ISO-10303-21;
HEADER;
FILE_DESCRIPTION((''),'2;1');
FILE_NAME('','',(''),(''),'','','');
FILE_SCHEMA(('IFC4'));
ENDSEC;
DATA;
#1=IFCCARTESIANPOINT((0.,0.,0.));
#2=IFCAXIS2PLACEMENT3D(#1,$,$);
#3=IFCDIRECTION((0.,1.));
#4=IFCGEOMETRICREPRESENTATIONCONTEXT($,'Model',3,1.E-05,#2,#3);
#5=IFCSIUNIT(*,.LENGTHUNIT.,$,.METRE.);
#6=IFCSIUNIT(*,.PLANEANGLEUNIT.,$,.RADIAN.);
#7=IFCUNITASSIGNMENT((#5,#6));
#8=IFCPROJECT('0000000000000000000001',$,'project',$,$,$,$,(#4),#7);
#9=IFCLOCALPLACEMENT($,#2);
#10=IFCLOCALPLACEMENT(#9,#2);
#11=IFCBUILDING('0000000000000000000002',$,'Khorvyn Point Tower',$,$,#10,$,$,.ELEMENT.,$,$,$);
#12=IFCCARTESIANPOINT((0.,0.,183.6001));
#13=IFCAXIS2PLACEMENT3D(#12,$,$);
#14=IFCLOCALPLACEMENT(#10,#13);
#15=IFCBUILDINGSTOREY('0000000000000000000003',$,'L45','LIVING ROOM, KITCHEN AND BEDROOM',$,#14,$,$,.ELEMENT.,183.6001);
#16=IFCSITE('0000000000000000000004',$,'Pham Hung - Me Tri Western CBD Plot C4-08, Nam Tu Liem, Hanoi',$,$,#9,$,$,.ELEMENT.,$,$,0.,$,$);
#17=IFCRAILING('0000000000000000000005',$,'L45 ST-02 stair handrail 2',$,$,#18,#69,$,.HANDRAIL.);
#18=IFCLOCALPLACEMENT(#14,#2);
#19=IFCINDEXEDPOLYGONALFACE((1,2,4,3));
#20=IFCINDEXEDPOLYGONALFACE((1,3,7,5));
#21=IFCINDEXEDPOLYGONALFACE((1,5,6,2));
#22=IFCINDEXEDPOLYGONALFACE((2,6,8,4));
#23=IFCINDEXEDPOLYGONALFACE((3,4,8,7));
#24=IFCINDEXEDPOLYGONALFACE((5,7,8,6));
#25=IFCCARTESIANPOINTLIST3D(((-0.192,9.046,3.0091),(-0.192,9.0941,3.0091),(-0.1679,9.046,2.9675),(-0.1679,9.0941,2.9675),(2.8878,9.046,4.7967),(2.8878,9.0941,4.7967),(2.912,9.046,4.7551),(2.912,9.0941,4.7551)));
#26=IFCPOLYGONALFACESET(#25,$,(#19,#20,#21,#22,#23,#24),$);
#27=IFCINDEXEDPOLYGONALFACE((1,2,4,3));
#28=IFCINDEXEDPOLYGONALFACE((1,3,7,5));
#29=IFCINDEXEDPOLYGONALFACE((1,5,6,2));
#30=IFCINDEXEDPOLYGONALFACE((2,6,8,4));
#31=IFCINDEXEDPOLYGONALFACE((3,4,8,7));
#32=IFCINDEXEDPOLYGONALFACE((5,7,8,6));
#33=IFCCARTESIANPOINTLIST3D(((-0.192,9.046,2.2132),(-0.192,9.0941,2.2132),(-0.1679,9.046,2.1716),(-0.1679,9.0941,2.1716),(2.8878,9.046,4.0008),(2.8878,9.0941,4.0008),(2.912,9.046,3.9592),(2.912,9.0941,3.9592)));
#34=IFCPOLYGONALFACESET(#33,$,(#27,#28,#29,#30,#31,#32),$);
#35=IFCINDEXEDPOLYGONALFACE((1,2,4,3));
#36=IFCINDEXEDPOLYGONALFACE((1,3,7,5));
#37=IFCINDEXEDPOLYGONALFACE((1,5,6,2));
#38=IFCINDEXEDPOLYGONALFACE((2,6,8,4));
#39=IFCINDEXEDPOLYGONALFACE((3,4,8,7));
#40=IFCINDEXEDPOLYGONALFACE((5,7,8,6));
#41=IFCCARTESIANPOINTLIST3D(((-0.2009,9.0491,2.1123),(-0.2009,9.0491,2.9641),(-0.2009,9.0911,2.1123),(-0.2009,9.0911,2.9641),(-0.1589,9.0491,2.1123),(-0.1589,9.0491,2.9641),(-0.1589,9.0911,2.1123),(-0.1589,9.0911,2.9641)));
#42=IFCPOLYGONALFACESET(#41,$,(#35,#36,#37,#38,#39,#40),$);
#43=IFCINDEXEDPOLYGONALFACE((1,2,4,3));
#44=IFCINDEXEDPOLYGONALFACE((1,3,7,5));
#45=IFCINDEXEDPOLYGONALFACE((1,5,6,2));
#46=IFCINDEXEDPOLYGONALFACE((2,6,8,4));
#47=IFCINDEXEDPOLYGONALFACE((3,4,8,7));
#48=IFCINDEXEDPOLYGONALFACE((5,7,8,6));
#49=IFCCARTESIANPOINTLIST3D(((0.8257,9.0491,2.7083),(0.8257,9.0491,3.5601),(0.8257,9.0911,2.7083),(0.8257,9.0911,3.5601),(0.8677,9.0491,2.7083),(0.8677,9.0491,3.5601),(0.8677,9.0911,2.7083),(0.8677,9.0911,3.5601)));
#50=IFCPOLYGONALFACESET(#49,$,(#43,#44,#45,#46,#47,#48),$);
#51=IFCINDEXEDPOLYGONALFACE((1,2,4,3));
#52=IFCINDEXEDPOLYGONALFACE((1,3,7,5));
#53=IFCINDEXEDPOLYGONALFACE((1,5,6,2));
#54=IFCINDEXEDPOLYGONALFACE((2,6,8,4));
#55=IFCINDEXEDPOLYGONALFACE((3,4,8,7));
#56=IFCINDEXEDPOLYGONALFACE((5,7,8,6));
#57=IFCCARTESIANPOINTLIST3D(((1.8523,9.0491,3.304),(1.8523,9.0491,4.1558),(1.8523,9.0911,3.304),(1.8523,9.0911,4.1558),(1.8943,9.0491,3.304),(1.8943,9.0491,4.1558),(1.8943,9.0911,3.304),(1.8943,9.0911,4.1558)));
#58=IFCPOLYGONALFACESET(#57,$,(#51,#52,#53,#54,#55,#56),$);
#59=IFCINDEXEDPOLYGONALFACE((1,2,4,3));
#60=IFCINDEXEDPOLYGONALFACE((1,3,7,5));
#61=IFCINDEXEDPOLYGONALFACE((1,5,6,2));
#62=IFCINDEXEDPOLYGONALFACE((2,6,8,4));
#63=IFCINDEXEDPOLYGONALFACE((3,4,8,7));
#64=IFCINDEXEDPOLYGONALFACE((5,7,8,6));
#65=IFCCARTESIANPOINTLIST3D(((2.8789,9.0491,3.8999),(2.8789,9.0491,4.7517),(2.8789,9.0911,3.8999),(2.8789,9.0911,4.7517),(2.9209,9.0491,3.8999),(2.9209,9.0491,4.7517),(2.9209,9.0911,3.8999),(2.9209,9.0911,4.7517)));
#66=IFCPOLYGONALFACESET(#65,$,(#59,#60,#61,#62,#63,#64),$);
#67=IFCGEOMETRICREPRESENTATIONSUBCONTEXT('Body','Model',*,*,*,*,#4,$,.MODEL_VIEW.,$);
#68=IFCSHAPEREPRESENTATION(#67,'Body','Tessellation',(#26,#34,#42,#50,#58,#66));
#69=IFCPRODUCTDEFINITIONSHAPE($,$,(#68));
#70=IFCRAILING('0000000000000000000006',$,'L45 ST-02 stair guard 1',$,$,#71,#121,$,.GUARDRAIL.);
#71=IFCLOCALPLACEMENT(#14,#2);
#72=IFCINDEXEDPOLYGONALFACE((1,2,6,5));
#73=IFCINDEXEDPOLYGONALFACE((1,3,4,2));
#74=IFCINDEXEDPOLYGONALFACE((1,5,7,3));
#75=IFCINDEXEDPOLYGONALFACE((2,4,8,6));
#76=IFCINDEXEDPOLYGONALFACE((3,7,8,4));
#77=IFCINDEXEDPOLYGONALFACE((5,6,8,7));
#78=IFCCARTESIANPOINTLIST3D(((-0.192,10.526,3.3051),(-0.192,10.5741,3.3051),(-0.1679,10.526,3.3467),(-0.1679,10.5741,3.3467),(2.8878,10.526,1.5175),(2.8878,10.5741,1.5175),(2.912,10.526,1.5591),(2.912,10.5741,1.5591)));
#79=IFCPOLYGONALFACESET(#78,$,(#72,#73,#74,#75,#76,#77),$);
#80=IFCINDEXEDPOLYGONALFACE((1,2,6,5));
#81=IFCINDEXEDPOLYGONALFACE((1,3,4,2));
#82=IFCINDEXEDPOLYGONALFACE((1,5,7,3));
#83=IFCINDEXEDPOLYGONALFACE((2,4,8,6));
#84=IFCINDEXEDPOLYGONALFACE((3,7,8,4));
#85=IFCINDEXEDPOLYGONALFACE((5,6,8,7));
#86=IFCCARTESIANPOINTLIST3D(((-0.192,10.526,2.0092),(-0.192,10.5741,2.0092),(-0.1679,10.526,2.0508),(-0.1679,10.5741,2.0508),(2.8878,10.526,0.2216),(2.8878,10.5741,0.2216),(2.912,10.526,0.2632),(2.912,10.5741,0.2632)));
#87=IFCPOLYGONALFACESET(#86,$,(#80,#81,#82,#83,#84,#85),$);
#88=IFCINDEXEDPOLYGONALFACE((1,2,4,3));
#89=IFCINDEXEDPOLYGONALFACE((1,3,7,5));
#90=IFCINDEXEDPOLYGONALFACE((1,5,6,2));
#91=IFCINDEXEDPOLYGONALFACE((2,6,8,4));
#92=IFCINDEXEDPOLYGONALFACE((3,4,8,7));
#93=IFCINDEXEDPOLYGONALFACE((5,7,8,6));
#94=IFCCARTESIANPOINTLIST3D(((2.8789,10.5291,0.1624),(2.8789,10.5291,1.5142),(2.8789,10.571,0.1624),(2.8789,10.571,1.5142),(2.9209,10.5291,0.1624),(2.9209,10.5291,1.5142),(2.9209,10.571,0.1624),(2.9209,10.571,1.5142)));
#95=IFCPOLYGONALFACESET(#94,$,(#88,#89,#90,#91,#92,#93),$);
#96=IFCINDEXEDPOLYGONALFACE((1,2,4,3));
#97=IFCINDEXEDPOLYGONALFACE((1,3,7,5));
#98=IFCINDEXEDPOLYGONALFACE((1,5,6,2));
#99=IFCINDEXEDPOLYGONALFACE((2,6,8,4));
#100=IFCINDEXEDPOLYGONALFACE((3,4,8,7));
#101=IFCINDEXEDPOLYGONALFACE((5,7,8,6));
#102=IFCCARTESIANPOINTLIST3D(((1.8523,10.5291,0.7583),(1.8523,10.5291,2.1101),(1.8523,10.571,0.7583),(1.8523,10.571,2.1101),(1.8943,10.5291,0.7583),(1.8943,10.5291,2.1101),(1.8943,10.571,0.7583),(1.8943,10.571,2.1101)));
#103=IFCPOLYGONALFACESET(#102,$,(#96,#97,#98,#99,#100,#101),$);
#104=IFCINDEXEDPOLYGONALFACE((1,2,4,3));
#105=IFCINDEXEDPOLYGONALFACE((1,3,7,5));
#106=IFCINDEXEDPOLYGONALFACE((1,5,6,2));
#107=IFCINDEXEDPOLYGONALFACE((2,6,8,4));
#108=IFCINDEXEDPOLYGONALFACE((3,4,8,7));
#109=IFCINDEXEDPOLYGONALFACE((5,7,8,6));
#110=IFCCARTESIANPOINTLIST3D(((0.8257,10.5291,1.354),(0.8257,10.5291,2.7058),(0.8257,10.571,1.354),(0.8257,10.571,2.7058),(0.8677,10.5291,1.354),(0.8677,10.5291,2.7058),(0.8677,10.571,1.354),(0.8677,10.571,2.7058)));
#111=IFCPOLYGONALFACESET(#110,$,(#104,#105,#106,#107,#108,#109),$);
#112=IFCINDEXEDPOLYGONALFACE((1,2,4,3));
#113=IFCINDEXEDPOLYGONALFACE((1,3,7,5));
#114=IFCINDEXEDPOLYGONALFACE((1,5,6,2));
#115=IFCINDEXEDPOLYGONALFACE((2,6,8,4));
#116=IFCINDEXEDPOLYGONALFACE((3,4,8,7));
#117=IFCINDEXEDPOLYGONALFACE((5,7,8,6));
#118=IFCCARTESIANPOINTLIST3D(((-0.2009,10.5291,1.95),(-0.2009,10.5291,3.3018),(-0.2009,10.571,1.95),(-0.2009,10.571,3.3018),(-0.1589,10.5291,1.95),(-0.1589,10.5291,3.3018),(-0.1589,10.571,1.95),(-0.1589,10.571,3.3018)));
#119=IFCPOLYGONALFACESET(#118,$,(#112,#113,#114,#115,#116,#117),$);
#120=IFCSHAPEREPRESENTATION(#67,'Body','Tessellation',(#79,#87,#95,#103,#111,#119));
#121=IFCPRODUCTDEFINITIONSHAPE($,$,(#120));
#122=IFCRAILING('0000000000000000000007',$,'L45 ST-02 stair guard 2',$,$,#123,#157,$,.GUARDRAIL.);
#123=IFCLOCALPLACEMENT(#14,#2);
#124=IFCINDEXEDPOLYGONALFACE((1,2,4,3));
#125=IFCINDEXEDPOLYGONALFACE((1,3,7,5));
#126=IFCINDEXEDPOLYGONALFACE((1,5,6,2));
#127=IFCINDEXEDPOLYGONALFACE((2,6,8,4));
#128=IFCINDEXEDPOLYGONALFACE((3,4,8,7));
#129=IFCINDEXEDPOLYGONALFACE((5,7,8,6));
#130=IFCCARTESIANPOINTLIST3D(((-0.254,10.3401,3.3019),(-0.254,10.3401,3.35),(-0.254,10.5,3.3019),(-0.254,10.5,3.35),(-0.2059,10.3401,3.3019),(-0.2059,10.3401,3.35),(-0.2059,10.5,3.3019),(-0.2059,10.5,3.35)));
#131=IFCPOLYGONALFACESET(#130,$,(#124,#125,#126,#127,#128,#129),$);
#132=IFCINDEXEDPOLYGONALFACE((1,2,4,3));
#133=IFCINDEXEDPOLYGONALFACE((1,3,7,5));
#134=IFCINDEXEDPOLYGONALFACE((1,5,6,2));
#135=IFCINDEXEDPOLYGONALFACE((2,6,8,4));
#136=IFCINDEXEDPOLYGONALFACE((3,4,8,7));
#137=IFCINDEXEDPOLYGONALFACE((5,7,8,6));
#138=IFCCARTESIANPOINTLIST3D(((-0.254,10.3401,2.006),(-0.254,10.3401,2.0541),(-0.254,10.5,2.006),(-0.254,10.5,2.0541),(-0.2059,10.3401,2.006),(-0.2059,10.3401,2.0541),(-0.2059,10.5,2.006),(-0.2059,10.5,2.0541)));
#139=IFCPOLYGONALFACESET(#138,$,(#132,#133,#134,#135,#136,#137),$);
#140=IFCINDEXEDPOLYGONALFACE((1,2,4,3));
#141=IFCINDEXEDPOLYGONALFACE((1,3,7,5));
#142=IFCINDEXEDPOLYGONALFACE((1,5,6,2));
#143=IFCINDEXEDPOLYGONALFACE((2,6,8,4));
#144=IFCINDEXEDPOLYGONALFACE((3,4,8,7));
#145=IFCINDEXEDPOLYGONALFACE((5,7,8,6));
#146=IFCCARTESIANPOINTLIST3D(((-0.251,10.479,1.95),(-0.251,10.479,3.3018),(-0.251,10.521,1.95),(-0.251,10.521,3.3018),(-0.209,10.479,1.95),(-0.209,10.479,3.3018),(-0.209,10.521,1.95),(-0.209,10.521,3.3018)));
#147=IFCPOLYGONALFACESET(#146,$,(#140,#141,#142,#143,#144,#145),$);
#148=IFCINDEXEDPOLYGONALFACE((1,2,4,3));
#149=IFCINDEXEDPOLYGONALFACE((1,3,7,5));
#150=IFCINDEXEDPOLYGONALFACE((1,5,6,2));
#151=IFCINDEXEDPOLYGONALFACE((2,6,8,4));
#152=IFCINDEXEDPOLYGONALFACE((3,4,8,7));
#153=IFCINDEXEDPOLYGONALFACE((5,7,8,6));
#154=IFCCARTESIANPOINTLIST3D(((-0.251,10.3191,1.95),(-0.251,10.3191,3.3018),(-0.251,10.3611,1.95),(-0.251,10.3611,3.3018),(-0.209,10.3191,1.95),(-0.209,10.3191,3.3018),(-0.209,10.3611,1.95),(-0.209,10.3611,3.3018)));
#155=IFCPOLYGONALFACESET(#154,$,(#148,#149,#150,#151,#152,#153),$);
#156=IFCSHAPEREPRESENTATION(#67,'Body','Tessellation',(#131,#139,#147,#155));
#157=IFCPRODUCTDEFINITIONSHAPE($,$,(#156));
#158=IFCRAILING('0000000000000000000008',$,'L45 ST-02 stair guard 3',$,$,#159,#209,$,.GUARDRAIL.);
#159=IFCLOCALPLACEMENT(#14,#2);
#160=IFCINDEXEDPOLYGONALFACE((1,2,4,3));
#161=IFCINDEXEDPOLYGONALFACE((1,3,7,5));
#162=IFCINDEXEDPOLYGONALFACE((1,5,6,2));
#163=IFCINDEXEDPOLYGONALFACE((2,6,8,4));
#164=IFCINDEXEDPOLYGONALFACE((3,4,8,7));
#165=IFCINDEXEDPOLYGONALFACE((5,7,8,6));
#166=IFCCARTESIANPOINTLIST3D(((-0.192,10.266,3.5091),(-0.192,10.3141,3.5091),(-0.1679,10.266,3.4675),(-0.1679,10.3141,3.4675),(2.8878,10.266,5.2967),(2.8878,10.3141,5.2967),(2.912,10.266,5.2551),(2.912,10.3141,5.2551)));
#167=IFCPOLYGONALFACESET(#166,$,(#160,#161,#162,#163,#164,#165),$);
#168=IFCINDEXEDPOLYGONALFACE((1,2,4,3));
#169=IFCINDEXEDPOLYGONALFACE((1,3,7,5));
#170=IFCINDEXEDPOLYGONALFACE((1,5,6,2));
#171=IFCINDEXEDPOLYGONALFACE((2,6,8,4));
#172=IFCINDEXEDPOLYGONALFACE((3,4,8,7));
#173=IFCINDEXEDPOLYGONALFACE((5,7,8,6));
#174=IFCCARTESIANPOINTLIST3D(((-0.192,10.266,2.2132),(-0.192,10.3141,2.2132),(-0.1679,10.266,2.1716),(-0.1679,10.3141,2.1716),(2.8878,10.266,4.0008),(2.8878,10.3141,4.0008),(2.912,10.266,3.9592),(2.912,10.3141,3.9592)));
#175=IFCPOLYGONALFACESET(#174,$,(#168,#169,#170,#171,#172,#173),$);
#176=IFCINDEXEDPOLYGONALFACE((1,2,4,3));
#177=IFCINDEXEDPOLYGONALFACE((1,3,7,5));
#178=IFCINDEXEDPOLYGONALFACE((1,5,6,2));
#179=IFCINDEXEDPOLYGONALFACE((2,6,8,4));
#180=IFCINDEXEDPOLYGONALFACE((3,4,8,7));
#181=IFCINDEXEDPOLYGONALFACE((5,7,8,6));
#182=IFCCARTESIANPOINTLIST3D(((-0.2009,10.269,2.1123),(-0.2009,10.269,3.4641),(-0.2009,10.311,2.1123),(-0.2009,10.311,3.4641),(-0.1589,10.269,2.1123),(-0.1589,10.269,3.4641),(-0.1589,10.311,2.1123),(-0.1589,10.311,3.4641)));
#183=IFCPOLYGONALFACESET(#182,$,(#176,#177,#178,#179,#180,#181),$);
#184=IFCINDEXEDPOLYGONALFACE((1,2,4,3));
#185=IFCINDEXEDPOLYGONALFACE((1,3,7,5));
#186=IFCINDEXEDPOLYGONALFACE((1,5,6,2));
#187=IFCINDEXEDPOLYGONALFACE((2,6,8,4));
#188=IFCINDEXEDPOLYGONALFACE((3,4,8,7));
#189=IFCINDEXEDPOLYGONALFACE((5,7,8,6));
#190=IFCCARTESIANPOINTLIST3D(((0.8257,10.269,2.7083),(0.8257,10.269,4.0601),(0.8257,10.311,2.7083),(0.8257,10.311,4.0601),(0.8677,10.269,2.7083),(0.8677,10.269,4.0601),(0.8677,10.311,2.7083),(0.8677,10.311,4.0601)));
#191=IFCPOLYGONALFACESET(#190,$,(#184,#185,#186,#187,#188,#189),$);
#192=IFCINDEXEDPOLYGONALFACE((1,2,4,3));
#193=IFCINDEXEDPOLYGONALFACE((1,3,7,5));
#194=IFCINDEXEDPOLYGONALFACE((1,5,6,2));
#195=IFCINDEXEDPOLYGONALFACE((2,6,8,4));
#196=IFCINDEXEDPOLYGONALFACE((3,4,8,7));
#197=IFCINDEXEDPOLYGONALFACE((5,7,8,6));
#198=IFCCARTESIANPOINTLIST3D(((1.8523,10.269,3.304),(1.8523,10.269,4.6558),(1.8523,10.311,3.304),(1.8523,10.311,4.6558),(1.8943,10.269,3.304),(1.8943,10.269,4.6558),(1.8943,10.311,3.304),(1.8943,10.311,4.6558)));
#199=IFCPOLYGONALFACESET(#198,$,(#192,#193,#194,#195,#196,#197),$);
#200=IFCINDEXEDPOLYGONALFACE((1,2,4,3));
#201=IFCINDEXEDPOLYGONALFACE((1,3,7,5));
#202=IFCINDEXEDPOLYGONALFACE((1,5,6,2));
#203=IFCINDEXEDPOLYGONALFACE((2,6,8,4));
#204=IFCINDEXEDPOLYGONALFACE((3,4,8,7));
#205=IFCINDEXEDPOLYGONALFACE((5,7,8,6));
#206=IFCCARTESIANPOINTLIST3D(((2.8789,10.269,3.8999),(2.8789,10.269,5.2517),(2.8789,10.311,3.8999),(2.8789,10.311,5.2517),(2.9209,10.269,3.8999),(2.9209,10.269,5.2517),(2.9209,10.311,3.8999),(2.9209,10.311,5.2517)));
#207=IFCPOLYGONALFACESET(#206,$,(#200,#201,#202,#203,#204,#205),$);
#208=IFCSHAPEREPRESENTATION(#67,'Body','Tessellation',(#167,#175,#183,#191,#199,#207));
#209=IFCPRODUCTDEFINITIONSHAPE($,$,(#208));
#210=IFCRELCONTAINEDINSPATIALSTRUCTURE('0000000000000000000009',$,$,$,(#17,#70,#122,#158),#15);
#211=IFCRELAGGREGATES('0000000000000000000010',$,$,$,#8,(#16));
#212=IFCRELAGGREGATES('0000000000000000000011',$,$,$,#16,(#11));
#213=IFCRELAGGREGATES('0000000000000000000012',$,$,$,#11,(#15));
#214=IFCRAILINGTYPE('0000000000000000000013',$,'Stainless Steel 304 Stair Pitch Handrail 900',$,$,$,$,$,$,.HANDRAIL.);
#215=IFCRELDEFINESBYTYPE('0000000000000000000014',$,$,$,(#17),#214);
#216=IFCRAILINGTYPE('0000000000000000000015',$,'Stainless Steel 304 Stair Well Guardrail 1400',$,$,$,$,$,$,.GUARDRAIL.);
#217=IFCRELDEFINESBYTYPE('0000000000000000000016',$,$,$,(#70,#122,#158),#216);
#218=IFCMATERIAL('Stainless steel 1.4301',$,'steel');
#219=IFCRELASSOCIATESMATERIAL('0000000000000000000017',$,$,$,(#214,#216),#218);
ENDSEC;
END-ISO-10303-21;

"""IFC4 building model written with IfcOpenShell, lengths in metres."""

from ifc_helpers import new_model, si_unit, direction, frame, origin, origin_2d, place, context, subcontext, project, spatial, rectangle, extrude, material, type_object, element, save


model = new_model("IFC4")

# Units and contexts
model_context = context("Model", 3, precision=1e-05, world=origin(), true_north=direction((0.0, 1.0)))
body_context = subcontext(model_context, "Body", "Model", "MODEL_VIEW")
ifc_project = project(units=[si_unit("LENGTHUNIT", "METRE"), si_unit("PLANEANGLEUNIT", "RADIAN")], contexts=[model_context])

# Site, building, storey
site_placement = place(None, origin())
site = spatial("IfcSite", under=ifc_project, at=site_placement, Name="Pham Hung - Me Tri Western CBD Plot C4-08, Nam Tu Liem, Hanoi", CompositionType="ELEMENT", RefElevation=0.0)
building_placement = place(site_placement, origin())
building = spatial("IfcBuilding", under=site, at=building_placement, Name="Khorvyn Point Tower", CompositionType="ELEMENT")
storey_placement = place(building_placement, frame((0.0, 0.0, 183.6001)))
storey = spatial("IfcBuildingStorey", under=building, at=storey_placement, Name="L45", Description="LIVING ROOM, KITCHEN AND BEDROOM", CompositionType="ELEMENT", Elevation=183.6001)

# Shared definitions
ifc_material_1 = material(Name="Stainless steel 1.4301", Category="steel")

# Railings
railing_type_1 = type_object("IfcRailingType", Name="Stainless Steel 304 Stair Pitch Handrail 900", PredefinedType="HANDRAIL", material=ifc_material_1)
railing_1_placement = place(storey_placement, frame((-0.1799, 9.0701, 2.1123)))
element("IfcRailing", 1, at=railing_1_placement, inside=storey, type_object=railing_type_1, Name="L45 ST-02 stair handrail 2", PredefinedType="HANDRAIL", context=body_context, shape_type="SweptSolid", body=[
    extrude(rectangle(XDim=0.0481, YDim=0.0481, at=origin_2d()), frame((0.0, 0.0, 0.876), z_axis=(0.864873, 0.0, 0.50199), x_axis=(0.0, 1.0, 0.0)), (0.0, 0.0, 1.0), 3.561),
    extrude(rectangle(XDim=0.0481, YDim=0.0481, at=origin_2d()), frame((0.0, 0.0, 0.0801), z_axis=(0.864873, 0.0, 0.50199), x_axis=(0.0, 1.0, 0.0)), (0.0, 0.0, 1.0), 3.561),
    extrude(rectangle(XDim=0.042, YDim=0.042, at=origin_2d()), origin(), (0.0, 0.0, 1.0), 0.8518),
    extrude(rectangle(XDim=0.042, YDim=0.042, at=origin_2d()), frame((1.0266, 0.0, 0.5959)), (0.0, 0.0, 1.0), 0.8518),
    extrude(rectangle(XDim=0.042, YDim=0.042, at=origin_2d()), frame((2.0532, 0.0, 1.1917)), (0.0, 0.0, 1.0), 0.8518),
    extrude(rectangle(XDim=0.042, YDim=0.042, at=origin_2d()), frame((3.0798, 0.0, 1.7876)), (0.0, 0.0, 1.0), 0.8518),
])
railing_type_2 = type_object("IfcRailingType", Name="Stainless Steel 304 Stair Well Guardrail 1400", PredefinedType="GUARDRAIL", material=ifc_material_1)
railing_2_placement = place(storey_placement, frame((2.8999, 10.55, 0.1624)))
element("IfcRailing", 2, at=railing_2_placement, inside=storey, type_object=railing_type_2, Name="L45 ST-02 stair guard 1", PredefinedType="GUARDRAIL", context=body_context, shape_type="SweptSolid", body=[
    extrude(rectangle(XDim=0.0481, YDim=0.0481, at=origin_2d()), frame((0.0, 0.0, 1.376), z_axis=(-0.864873, 0.0, 0.50199), x_axis=(0.0, -1.0, 0.0)), (0.0, 0.0, 1.0), 3.561),
    extrude(rectangle(XDim=0.0481, YDim=0.0481, at=origin_2d()), frame((0.0, 0.0, 0.0801), z_axis=(-0.864873, 0.0, 0.50199), x_axis=(0.0, -1.0, 0.0)), (0.0, 0.0, 1.0), 3.561),
    extrude(rectangle(XDim=0.042, YDim=0.042, at=origin_2d()), origin(), (0.0, 0.0, 1.0), 1.3518),
    extrude(rectangle(XDim=0.042, YDim=0.042, at=origin_2d()), frame((-1.0266, 0.0, 0.5959)), (0.0, 0.0, 1.0), 1.3518),
    extrude(rectangle(XDim=0.042, YDim=0.042, at=origin_2d()), frame((-2.0532, 0.0, 1.1917)), (0.0, 0.0, 1.0), 1.3518),
    extrude(rectangle(XDim=0.042, YDim=0.042, at=origin_2d()), frame((-3.0798, 0.0, 1.7876)), (0.0, 0.0, 1.0), 1.3518),
])
railing_3_placement = place(storey_placement, frame((-0.23, 10.5, 1.95)))
element("IfcRailing", 3, at=railing_3_placement, inside=storey, type_object=railing_type_2, Name="L45 ST-02 stair guard 2", PredefinedType="GUARDRAIL", context=body_context, shape_type="SweptSolid", body=[
    extrude(rectangle(XDim=0.0481, YDim=0.0481, at=origin_2d()), frame((0.0, 0.0, 1.376), z_axis=(0.0, -1.0, 0.0), x_axis=(1.0, 0.0, 0.0)), (0.0, 0.0, 1.0), 0.1599),
    extrude(rectangle(XDim=0.0481, YDim=0.0481, at=origin_2d()), frame((0.0, 0.0, 0.0801), z_axis=(0.0, -1.0, 0.0), x_axis=(1.0, 0.0, 0.0)), (0.0, 0.0, 1.0), 0.1599),
    extrude(rectangle(XDim=0.042, YDim=0.042, at=origin_2d()), origin(), (0.0, 0.0, 1.0), 1.3518),
    extrude(rectangle(XDim=0.042, YDim=0.042, at=origin_2d()), frame((0.0, -0.1599, 0.0)), (0.0, 0.0, 1.0), 1.3518),
])
railing_4_placement = place(storey_placement, frame((-0.1799, 10.29, 2.1123)))
element("IfcRailing", 4, at=railing_4_placement, inside=storey, type_object=railing_type_2, Name="L45 ST-02 stair guard 3", PredefinedType="GUARDRAIL", context=body_context, shape_type="SweptSolid", body=[
    extrude(rectangle(XDim=0.0481, YDim=0.0481, at=origin_2d()), frame((0.0, 0.0, 1.376), z_axis=(0.864873, 0.0, 0.50199), x_axis=(0.0, 1.0, 0.0)), (0.0, 0.0, 1.0), 3.561),
    extrude(rectangle(XDim=0.0481, YDim=0.0481, at=origin_2d()), frame((0.0, 0.0, 0.0801), z_axis=(0.864873, 0.0, 0.50199), x_axis=(0.0, 1.0, 0.0)), (0.0, 0.0, 1.0), 3.561),
    extrude(rectangle(XDim=0.042, YDim=0.042, at=origin_2d()), origin(), (0.0, 0.0, 1.0), 1.3518),
    extrude(rectangle(XDim=0.042, YDim=0.042, at=origin_2d()), frame((1.0266, 0.0, 0.5959)), (0.0, 0.0, 1.0), 1.3518),
    extrude(rectangle(XDim=0.042, YDim=0.042, at=origin_2d()), frame((2.0532, 0.0, 1.1917)), (0.0, 0.0, 1.0), 1.3518),
    extrude(rectangle(XDim=0.042, YDim=0.042, at=origin_2d()), frame((3.0798, 0.0, 1.7876)), (0.0, 0.0, 1.0), 1.3518),
])

save(model, "model.ifc")
